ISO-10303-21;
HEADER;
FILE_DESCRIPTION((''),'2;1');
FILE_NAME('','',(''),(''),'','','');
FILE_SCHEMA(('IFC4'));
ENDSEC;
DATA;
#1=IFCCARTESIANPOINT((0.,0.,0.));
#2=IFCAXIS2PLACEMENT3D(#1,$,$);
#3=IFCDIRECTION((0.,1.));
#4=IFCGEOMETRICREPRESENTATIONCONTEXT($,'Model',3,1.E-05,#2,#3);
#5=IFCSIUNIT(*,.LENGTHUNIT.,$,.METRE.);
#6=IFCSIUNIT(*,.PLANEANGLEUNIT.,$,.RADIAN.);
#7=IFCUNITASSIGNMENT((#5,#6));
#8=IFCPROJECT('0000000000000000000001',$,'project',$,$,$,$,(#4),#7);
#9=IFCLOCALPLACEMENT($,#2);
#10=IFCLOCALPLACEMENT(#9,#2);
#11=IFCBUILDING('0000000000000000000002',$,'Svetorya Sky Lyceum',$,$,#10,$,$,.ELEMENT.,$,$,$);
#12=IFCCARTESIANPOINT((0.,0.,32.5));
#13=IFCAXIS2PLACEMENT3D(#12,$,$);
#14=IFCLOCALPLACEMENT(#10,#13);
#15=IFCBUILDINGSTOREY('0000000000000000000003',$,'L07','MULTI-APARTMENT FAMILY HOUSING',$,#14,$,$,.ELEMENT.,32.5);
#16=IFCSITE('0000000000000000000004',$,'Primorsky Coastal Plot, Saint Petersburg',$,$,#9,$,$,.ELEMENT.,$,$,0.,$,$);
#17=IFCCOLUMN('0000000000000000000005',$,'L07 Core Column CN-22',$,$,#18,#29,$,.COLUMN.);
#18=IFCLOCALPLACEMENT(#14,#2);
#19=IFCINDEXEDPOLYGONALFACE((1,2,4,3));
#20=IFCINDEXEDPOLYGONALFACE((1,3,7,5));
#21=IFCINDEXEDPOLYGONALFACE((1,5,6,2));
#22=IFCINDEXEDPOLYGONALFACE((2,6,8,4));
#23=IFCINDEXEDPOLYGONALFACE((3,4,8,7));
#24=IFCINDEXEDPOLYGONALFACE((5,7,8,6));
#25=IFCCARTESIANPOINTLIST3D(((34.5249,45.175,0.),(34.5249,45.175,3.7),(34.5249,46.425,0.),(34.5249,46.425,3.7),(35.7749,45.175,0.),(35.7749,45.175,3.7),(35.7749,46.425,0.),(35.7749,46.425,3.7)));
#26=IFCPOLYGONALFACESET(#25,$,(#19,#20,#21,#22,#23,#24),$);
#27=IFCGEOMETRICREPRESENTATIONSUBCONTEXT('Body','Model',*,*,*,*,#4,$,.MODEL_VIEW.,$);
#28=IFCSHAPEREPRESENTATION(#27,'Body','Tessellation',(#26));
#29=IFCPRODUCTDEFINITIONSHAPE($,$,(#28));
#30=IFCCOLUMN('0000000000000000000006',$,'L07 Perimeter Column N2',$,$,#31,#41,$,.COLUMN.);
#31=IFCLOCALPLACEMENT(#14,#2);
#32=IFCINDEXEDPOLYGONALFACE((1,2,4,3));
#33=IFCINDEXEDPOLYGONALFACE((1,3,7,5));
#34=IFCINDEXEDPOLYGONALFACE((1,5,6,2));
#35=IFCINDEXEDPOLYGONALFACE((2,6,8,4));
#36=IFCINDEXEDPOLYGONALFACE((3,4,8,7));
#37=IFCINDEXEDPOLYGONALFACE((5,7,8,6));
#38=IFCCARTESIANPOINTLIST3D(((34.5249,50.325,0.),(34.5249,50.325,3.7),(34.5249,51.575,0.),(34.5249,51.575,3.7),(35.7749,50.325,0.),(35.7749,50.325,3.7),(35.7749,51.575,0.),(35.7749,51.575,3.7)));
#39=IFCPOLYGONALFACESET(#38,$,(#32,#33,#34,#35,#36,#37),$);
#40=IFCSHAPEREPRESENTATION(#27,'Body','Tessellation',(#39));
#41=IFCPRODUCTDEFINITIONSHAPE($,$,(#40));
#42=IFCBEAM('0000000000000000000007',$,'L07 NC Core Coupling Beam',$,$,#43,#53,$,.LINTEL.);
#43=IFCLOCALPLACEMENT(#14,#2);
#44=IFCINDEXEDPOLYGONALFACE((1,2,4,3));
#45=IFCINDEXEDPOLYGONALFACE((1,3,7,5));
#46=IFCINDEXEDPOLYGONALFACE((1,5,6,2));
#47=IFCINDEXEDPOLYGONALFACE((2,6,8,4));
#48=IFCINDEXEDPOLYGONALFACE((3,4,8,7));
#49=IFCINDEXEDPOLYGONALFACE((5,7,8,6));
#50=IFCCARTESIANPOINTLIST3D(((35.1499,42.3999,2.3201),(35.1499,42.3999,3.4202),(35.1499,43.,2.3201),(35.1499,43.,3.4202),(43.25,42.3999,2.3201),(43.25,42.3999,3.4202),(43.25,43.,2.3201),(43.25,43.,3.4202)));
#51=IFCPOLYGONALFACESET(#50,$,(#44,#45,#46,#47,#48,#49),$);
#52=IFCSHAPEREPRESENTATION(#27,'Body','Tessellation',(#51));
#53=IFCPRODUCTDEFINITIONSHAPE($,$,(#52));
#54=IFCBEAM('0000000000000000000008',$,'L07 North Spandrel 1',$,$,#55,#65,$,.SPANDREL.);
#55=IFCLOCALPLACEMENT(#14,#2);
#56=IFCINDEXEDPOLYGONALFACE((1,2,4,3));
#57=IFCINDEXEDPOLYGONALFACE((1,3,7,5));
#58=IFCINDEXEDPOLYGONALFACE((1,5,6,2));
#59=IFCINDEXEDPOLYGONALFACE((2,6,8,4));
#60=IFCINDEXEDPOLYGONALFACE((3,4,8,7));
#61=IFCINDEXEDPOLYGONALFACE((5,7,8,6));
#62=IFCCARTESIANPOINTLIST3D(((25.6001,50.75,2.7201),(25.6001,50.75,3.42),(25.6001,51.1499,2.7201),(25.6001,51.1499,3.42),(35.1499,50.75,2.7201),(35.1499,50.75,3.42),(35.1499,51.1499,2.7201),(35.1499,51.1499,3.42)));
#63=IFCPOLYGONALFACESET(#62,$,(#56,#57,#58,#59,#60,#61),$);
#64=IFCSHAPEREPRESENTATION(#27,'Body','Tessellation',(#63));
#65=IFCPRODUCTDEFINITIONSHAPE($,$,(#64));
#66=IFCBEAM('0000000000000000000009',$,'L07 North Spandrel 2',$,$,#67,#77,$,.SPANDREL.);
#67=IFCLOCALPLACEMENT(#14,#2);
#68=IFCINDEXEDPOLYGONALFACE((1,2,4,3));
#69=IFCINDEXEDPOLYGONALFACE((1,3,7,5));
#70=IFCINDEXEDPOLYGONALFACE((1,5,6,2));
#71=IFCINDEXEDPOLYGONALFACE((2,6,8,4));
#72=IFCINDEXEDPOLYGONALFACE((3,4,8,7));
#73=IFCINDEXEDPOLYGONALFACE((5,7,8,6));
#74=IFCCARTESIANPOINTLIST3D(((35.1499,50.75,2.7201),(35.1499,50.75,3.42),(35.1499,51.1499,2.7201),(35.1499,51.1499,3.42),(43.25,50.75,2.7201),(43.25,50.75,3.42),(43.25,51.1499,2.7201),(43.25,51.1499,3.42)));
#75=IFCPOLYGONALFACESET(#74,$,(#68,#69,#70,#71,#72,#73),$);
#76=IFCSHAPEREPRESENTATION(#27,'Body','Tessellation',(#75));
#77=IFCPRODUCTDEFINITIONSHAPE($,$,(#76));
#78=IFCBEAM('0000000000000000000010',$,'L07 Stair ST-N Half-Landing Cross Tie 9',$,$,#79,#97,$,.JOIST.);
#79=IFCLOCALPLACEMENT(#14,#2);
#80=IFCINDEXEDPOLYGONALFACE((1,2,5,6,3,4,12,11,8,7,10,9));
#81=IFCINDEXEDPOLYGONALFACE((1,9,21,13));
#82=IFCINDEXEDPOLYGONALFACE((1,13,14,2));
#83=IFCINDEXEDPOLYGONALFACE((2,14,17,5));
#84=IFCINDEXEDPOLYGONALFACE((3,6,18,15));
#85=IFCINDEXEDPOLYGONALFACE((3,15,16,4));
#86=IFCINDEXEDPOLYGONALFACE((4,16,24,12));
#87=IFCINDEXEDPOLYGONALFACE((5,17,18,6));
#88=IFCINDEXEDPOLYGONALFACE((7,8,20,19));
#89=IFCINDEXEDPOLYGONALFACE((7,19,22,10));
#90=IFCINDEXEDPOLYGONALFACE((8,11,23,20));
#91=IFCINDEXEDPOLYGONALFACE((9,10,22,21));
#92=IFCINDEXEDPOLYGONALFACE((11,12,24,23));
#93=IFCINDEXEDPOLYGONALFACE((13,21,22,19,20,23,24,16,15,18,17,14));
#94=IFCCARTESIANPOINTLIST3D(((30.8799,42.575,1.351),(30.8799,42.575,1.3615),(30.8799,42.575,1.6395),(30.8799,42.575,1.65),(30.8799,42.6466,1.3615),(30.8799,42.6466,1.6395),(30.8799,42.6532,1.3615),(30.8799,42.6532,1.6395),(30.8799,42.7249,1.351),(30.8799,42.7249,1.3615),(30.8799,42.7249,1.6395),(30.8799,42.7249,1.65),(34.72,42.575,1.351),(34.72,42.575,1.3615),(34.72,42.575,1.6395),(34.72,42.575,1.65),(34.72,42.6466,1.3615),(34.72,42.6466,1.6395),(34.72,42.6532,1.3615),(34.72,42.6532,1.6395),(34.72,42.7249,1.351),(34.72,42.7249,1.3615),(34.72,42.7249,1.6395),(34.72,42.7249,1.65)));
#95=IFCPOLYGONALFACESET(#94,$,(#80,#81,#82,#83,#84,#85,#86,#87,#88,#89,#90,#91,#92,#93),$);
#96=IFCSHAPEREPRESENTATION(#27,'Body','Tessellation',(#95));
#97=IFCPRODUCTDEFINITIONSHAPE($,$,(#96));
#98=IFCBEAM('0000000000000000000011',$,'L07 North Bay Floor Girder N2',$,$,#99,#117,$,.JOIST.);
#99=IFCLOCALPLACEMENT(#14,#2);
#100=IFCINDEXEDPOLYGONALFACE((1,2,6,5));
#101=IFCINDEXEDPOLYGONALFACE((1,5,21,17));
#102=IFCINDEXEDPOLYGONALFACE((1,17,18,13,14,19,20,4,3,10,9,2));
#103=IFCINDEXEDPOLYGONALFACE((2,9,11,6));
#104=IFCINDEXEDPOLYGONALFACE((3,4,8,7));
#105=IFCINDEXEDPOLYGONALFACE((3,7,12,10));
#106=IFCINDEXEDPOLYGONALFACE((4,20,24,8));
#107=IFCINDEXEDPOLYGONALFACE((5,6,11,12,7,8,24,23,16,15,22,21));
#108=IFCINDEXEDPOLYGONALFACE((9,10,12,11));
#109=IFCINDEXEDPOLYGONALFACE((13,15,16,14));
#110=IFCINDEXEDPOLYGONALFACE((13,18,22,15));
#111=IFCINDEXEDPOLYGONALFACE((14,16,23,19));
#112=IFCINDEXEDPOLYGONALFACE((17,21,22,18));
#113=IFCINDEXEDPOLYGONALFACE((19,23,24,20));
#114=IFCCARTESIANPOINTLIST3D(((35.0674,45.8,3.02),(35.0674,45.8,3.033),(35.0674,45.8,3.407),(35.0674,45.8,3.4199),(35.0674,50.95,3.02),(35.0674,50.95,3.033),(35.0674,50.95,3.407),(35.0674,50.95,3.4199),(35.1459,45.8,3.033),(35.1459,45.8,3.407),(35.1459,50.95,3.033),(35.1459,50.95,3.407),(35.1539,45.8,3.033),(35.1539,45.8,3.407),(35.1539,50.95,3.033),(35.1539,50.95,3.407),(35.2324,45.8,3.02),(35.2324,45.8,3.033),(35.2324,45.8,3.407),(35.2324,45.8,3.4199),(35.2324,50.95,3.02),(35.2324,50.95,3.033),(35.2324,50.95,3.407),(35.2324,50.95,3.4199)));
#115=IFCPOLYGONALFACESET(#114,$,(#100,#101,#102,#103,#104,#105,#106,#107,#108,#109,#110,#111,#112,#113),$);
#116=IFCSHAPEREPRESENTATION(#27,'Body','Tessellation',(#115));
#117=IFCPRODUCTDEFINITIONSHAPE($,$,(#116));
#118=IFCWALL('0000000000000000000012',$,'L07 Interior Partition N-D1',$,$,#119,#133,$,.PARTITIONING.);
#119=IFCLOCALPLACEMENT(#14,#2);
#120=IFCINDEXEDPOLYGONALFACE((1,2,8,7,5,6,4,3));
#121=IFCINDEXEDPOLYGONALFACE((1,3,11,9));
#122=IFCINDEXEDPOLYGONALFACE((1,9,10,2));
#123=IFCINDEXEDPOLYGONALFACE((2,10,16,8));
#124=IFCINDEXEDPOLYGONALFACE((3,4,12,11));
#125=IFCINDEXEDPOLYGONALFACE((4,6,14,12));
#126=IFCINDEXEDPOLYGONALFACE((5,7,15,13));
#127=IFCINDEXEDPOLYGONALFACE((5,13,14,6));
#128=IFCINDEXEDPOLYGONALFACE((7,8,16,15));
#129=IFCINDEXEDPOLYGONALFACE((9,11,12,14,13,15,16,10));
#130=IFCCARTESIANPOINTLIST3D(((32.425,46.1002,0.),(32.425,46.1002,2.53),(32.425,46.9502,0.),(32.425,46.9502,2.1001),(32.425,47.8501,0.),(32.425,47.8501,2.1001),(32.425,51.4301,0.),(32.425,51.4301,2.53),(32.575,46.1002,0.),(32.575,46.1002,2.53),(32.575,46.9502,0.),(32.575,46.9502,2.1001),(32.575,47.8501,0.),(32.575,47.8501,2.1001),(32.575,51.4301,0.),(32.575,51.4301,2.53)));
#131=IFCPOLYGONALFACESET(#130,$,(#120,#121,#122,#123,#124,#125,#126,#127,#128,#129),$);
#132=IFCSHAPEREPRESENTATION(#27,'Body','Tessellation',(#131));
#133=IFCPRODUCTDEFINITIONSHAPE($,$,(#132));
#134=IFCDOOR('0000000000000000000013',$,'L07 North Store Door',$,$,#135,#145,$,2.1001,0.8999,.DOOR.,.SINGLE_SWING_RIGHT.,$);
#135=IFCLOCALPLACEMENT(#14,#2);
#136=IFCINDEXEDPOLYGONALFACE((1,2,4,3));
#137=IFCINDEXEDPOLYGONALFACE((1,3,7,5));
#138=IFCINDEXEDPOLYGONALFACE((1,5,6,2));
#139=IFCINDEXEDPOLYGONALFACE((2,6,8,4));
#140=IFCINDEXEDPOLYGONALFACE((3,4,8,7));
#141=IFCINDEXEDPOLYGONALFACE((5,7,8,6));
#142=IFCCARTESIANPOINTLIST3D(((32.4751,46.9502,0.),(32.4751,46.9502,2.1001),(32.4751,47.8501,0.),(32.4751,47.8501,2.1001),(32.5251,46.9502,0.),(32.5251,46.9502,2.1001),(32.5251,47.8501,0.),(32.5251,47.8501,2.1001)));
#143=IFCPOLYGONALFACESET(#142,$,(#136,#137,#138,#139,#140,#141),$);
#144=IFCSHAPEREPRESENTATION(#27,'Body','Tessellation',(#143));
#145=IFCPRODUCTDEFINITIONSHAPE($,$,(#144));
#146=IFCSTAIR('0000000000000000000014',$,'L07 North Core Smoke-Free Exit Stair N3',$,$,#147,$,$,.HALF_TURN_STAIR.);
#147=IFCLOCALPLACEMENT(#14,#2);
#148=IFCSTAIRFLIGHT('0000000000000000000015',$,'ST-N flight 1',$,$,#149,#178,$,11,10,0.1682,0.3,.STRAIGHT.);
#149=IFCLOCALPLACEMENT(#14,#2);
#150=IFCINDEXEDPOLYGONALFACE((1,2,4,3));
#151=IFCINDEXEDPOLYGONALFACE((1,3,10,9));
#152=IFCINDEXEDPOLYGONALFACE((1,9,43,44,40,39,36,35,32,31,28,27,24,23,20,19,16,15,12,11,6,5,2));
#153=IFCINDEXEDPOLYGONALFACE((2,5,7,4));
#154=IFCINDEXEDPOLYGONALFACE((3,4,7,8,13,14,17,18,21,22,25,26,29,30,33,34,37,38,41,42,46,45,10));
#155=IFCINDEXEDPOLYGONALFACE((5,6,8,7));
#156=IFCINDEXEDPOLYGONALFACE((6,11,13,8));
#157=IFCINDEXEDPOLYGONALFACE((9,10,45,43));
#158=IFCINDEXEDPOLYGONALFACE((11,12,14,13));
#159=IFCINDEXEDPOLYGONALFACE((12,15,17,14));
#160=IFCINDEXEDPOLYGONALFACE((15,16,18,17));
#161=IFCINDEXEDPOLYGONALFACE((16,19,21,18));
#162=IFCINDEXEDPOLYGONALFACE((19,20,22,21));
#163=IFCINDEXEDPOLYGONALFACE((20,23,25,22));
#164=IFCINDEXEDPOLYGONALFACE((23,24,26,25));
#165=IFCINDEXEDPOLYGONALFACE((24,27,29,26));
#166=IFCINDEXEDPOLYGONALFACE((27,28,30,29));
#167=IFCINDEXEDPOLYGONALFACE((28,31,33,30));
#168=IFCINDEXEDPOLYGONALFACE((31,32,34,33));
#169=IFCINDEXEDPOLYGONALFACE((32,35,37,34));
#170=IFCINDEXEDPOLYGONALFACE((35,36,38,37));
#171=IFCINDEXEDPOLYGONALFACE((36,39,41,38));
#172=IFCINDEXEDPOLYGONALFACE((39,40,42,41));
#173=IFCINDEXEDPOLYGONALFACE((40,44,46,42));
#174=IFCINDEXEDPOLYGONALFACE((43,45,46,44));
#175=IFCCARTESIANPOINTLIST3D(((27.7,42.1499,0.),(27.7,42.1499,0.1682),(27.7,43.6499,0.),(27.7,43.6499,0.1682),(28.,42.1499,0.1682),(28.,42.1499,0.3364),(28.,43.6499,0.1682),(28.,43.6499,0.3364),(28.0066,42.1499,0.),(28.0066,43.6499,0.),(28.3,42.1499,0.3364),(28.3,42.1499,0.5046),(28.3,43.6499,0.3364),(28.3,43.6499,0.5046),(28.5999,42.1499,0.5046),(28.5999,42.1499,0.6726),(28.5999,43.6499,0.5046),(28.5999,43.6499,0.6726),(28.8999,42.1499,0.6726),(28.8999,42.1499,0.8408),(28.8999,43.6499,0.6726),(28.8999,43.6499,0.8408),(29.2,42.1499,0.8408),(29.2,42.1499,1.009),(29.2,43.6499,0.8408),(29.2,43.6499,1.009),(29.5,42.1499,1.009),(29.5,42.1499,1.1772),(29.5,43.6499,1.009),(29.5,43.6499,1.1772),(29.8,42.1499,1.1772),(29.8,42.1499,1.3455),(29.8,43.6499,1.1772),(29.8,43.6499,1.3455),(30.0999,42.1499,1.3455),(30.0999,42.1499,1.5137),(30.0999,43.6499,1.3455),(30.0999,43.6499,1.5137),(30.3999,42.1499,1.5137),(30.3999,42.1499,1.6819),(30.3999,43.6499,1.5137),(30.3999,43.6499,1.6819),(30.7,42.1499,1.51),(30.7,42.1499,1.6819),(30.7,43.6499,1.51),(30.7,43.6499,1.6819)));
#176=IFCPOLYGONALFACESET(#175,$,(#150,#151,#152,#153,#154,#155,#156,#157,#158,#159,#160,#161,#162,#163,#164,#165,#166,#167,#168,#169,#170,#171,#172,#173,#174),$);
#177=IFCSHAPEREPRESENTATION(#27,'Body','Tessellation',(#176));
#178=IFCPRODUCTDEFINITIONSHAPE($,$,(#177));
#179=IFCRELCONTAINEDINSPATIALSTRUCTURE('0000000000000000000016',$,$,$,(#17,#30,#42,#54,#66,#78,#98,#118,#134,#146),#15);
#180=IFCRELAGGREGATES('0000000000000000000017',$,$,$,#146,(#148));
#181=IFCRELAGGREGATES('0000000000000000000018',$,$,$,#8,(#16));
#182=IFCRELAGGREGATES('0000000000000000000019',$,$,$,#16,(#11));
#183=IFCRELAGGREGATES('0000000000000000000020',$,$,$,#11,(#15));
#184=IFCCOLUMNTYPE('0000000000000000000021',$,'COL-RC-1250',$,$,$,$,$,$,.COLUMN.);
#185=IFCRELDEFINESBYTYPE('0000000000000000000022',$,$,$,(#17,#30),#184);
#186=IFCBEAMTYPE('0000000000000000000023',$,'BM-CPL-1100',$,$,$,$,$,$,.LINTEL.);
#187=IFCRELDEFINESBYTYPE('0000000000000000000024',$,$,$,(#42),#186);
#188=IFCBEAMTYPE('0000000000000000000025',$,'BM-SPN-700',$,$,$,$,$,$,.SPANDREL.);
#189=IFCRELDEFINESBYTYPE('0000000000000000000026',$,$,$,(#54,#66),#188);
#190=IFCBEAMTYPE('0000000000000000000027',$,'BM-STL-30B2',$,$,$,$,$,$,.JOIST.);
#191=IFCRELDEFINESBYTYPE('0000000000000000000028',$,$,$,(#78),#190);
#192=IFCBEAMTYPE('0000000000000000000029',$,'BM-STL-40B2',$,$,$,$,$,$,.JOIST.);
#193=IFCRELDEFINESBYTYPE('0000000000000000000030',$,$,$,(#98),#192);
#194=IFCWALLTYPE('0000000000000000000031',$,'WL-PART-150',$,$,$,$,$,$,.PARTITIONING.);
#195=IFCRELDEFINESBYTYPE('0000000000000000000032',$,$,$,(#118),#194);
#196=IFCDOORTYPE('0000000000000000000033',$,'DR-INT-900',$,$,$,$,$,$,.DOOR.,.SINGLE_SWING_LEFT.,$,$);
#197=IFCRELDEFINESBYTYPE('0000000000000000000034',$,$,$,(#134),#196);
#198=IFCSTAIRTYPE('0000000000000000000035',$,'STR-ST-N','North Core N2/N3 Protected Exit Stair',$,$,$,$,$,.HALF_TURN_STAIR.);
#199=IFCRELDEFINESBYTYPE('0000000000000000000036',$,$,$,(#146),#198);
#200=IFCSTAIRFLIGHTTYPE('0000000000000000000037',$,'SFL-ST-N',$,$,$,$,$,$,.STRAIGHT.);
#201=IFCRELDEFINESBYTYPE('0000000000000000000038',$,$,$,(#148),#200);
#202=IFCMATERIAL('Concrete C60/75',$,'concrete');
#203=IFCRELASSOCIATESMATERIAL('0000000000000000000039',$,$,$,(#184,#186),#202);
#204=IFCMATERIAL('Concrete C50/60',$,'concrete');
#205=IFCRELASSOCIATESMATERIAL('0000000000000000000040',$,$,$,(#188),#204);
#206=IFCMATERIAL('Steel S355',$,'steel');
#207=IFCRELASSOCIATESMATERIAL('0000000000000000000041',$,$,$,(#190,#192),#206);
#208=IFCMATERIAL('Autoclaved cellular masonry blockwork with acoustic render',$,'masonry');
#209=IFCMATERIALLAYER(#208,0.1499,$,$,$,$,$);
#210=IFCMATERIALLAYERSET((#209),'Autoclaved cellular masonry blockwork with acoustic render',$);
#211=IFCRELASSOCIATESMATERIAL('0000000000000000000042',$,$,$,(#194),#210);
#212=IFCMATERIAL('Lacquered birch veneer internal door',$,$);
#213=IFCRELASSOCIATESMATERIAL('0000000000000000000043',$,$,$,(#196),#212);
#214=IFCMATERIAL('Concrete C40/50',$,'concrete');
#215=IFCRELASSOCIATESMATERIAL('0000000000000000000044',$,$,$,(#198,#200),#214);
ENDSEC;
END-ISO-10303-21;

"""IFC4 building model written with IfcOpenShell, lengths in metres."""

from ifc_helpers import new_model, si_unit, direction, frame, frame_2d, origin, origin_2d, place, context, subcontext, project, spatial, polyline, rectangle, i_section, outline, extrude, material, layer, layer_set, material_profile, profile_set, type_object, element, fill, aggregate, save


model = new_model("IFC4")

# Units and contexts
model_context = context("Model", 3, precision=1e-05, world=origin(), true_north=direction((0.0, 1.0)))
body_context = subcontext(model_context, "Body", "Model", "MODEL_VIEW")
ifc_project = project(units=[si_unit("LENGTHUNIT", "METRE"), si_unit("PLANEANGLEUNIT", "RADIAN")], contexts=[model_context])

# Site, building, storey
site_placement = place(None, origin())
site = spatial("IfcSite", under=ifc_project, at=site_placement, Name="Primorsky Coastal Plot, Saint Petersburg", CompositionType="ELEMENT", RefElevation=0.0)
building_placement = place(site_placement, origin())
building = spatial("IfcBuilding", under=site, at=building_placement, Name="Svetorya Sky Lyceum", CompositionType="ELEMENT")
storey_placement = place(building_placement, frame((0.0, 0.0, 32.5)))
storey = spatial("IfcBuildingStorey", under=building, at=storey_placement, Name="L07", Description="MULTI-APARTMENT FAMILY HOUSING", CompositionType="ELEMENT", Elevation=32.5)

# Columns
ifc_material_1 = material(Name="Concrete C60/75", Category="concrete")
ifc_material_profile_1 = material_profile(ifc_material_1, rectangle(XDim=1.25, YDim=1.25, at=origin_2d()), Name="RC COL 1250x1250")
ifc_profile_set_1 = profile_set([ifc_material_profile_1], Name="Concrete C60/75")
column_type = type_object("IfcColumnType", Name="COL-RC-1250", PredefinedType="COLUMN", material=ifc_profile_set_1)
for number, where, z_axis, x_axis, name in (
    (1, (35.1499, 45.8, 0.0), (0.0, 0.0, 1.0), (1.0, 0.0, 0.0), "L07 Core Column CN-22"),
    (2, (35.1499, 50.95, 0.0), (0.0, 0.0, 1.0), (1.0, 0.0, 0.0), "L07 Perimeter Column N2"),
):
    element("IfcColumn", number, at=place(storey_placement, frame(where, z_axis=z_axis, x_axis=x_axis)), inside=storey, type_object=column_type, Name=name, PredefinedType="COLUMN", context=body_context, shape_type="SweptSolid", body=[
        extrude(rectangle(XDim=1.25, YDim=1.25, at=origin_2d()), origin(), (0.0, 0.0, 1.0), 3.7),
    ])

# Beams
ifc_material_profile_2 = material_profile(ifc_material_1, rectangle(XDim=0.6001, YDim=1.1001, at=origin_2d()), Name="RC COUPLING 600x1100")
ifc_profile_set_2 = profile_set([ifc_material_profile_2], Name="Concrete C60/75")
beam_type_1 = type_object("IfcBeamType", Name="BM-CPL-1100", PredefinedType="LINTEL", material=ifc_profile_set_2)
beam_1_placement = place(storey_placement, frame((35.1499, 42.7, 2.8701), z_axis=(1.0, 0.0, 0.0), x_axis=(0.0, 1.0, 0.0)))
element("IfcBeam", 3, at=beam_1_placement, inside=storey, type_object=beam_type_1, Name="L07 NC Core Coupling Beam", PredefinedType="LINTEL", context=body_context, shape_type="SweptSolid", body=[
    extrude(rectangle(XDim=0.6001, YDim=1.1001, at=origin_2d()), origin(), (0.0, 0.0, 1.0), 8.1001),
])
ifc_material_2 = material(Name="Concrete C50/60", Category="concrete")
ifc_material_profile_3 = material_profile(ifc_material_2, rectangle(XDim=0.3999, YDim=0.7, at=origin_2d()), Name="RC SPANDREL 400x700")
ifc_profile_set_3 = profile_set([ifc_material_profile_3], Name="Concrete C50/60")
beam_type_2 = type_object("IfcBeamType", Name="BM-SPN-700", PredefinedType="SPANDREL", material=ifc_profile_set_3)
beam_2_placement = place(storey_placement, frame((25.6001, 50.95, 3.0701), z_axis=(1.0, 0.0, 0.0), x_axis=(0.0, 1.0, 0.0)))
element("IfcBeam", 4, at=beam_2_placement, inside=storey, type_object=beam_type_2, Name="L07 North Spandrel 1", PredefinedType="SPANDREL", context=body_context, shape_type="SweptSolid", body=[
    extrude(rectangle(XDim=0.3999, YDim=0.7, at=origin_2d()), origin(), (0.0, 0.0, 1.0), 9.5498),
])
beam_3_placement = place(storey_placement, frame((35.1499, 50.95, 3.0701), z_axis=(1.0, 0.0, 0.0), x_axis=(0.0, 1.0, 0.0)))
element("IfcBeam", 5, at=beam_3_placement, inside=storey, type_object=beam_type_2, Name="L07 North Spandrel 2", PredefinedType="SPANDREL", context=body_context, shape_type="SweptSolid", body=[
    extrude(rectangle(XDim=0.3999, YDim=0.7, at=origin_2d()), origin(), (0.0, 0.0, 1.0), 8.1001),
])
ifc_material_3 = material(Name="Steel S355", Category="steel")
ifc_material_profile_4 = material_profile(ifc_material_3, i_section(OverallWidth=0.1499, OverallDepth=0.2991, WebThickness=0.0066, FlangeThickness=0.0105, at=origin_2d()), Name="GOST 30B2")
ifc_profile_set_4 = profile_set([ifc_material_profile_4], Name="Steel S355")
beam_type_3 = type_object("IfcBeamType", Name="BM-STL-30B2", PredefinedType="JOIST", material=ifc_profile_set_4)
beam_4_placement = place(storey_placement, frame((30.8799, 42.6499, 1.5005), z_axis=(1.0, 0.0, 0.0), x_axis=(0.0, 1.0, 0.0)))
element("IfcBeam", 6, at=beam_4_placement, inside=storey, type_object=beam_type_3, Name="L07 Stair ST-N Half-Landing Cross Tie 9", PredefinedType="JOIST", context=body_context, shape_type="SweptSolid", body=[
    extrude(i_section(OverallWidth=0.1499, OverallDepth=0.2991, WebThickness=0.0066, FlangeThickness=0.0105, at=origin_2d()), origin(), (0.0, 0.0, 1.0), 3.8401),
])
ifc_material_profile_5 = material_profile(ifc_material_3, i_section(OverallWidth=0.165, OverallDepth=0.3999, WebThickness=0.0081, FlangeThickness=0.0129, at=origin_2d()), Name="GOST 40B2")
ifc_profile_set_5 = profile_set([ifc_material_profile_5], Name="Steel S355")
beam_type_4 = type_object("IfcBeamType", Name="BM-STL-40B2", PredefinedType="JOIST", material=ifc_profile_set_5)
beam_5_placement = place(storey_placement, frame((35.1499, 45.8, 3.22), z_axis=(0.0, 1.0, 0.0), x_axis=(-1.0, 0.0, 0.0)))
element("IfcBeam", 7, at=beam_5_placement, inside=storey, type_object=beam_type_4, Name="L07 North Bay Floor Girder N2", PredefinedType="JOIST", context=body_context, shape_type="SweptSolid", body=[
    extrude(i_section(OverallWidth=0.165, OverallDepth=0.3999, WebThickness=0.0081, FlangeThickness=0.0129, at=origin_2d()), origin(), (0.0, 0.0, 1.0), 5.1499),
])

# Wall, opening, door
ifc_material_4 = material(Name="Autoclaved cellular masonry blockwork with acoustic render", Category="masonry")
ifc_layer = layer(ifc_material_4, 0.1499)
ifc_layer_set = layer_set([ifc_layer], Name="Autoclaved cellular masonry blockwork with acoustic render")
wall_type = type_object("IfcWallType", Name="WL-PART-150", PredefinedType="PARTITIONING", material=ifc_layer_set)
wall_placement = place(storey_placement, frame((32.5, 46.1001, 0.0), z_axis=(0.0, 0.0, 1.0), x_axis=(0.0, 1.0, 0.0)))
wall = element("IfcWall", 8, at=wall_placement, inside=storey, type_object=wall_type, Name="L07 Interior Partition N-D1", PredefinedType="PARTITIONING", context=body_context, shape_type="SweptSolid", body=[
    extrude(rectangle(XDim=5.3298, YDim=0.1499, at=frame_2d((2.665, 0.0))), origin(), (0.0, 0.0, 1.0), 2.53),
])
opening_placement = place(wall_placement, frame((0.8501, 0.0, 0.0)))
opening = element("IfcOpeningElement", 9, at=opening_placement, cuts=wall, PredefinedType="OPENING", context=body_context, shape_type="SweptSolid", body=[
    extrude(rectangle(XDim=0.8999, YDim=2.1001, at=frame_2d((0.45, 1.05))), frame((0.0, 0.085, 0.0), z_axis=(0.0, -1.0, 0.0), x_axis=(1.0, 0.0, 0.0)), (0.0, 0.0, 1.0), 0.1699),
])
ifc_material_5 = material(Name="Lacquered birch veneer internal door")
door_type = type_object("IfcDoorType", Name="DR-INT-900", OperationType="SINGLE_SWING_LEFT", PredefinedType="DOOR", material=ifc_material_5)
door_placement = place(opening_placement, origin())
door = element("IfcDoor", 10, at=door_placement, inside=storey, type_object=door_type, Name="L07 North Store Door", OperationType="SINGLE_SWING_RIGHT", OverallHeight=2.1001, OverallWidth=0.8999, PredefinedType="DOOR", context=body_context, shape_type="SweptSolid", body=[
    extrude(rectangle(XDim=0.8999, YDim=2.1001, at=frame_2d((0.45, 1.05))), frame((0.0, 0.0249, 0.0), z_axis=(0.0, -1.0, 0.0), x_axis=(1.0, 0.0, 0.0)), (0.0, 0.0, 1.0), 0.05),
])
fill(opening, door)

# Stair, stair flight
ifc_material_6 = material(Name="Concrete C40/50", Category="concrete")
stair_type = type_object("IfcStairType", Name="STR-ST-N", Description="North Core N2/N3 Protected Exit Stair", PredefinedType="HALF_TURN_STAIR", material=ifc_material_6)
stair_placement = place(storey_placement, origin())
stair = element("IfcStair", 11, at=stair_placement, inside=storey, type_object=stair_type, Name="L07 North Core Smoke-Free Exit Stair N3", PredefinedType="HALF_TURN_STAIR")
stair_flight_type = type_object("IfcStairFlightType", Name="SFL-ST-N", PredefinedType="STRAIGHT", material=ifc_material_6)
stair_flight_1_placement = place(storey_placement, frame((27.7, 42.8999, 0.0), z_axis=(0.0, 0.0, 1.0), x_axis=(1.0, 0.0, 0.0)))
stair_flight_1 = element("IfcStairFlight", 12, at=stair_flight_1_placement, type_object=stair_flight_type, Name="ST-N flight 1", NumberOfRisers=11, NumberOfTreads=10, PredefinedType="STRAIGHT", RiserHeight=0.1682, TreadLength=0.3, context=body_context, shape_type="SweptSolid", body=[
    extrude(outline(polyline([(0.0, 0.0), (0.0, 0.1682), (0.3, 0.1682), (0.3, 0.3364), (0.6001, 0.3364), (0.6001, 0.5046), (0.8999, 0.5046), (0.8999, 0.6726), (1.2, 0.6726), (1.2, 0.8408), (1.5, 0.8408), (1.5, 1.009), (1.8, 1.009), (1.8, 1.1772), (2.1001, 1.1772), (2.1001, 1.3455), (2.3999, 1.3455), (2.3999, 1.5137), (2.7, 1.5137), (2.7, 1.6819), (3.0, 1.6819), (3.0, 1.8501), (3.0, 1.51), (0.3066, 0.0), (0.0, 0.0)])), frame((0.0, 0.75, 0.0), z_axis=(0.0, -1.0, 0.0), x_axis=(1.0, 0.0, 0.0)), (0.0, 0.0, 1.0), 1.5),
])
aggregate(stair, [stair_flight_1])

save(model, "model.ifc")
